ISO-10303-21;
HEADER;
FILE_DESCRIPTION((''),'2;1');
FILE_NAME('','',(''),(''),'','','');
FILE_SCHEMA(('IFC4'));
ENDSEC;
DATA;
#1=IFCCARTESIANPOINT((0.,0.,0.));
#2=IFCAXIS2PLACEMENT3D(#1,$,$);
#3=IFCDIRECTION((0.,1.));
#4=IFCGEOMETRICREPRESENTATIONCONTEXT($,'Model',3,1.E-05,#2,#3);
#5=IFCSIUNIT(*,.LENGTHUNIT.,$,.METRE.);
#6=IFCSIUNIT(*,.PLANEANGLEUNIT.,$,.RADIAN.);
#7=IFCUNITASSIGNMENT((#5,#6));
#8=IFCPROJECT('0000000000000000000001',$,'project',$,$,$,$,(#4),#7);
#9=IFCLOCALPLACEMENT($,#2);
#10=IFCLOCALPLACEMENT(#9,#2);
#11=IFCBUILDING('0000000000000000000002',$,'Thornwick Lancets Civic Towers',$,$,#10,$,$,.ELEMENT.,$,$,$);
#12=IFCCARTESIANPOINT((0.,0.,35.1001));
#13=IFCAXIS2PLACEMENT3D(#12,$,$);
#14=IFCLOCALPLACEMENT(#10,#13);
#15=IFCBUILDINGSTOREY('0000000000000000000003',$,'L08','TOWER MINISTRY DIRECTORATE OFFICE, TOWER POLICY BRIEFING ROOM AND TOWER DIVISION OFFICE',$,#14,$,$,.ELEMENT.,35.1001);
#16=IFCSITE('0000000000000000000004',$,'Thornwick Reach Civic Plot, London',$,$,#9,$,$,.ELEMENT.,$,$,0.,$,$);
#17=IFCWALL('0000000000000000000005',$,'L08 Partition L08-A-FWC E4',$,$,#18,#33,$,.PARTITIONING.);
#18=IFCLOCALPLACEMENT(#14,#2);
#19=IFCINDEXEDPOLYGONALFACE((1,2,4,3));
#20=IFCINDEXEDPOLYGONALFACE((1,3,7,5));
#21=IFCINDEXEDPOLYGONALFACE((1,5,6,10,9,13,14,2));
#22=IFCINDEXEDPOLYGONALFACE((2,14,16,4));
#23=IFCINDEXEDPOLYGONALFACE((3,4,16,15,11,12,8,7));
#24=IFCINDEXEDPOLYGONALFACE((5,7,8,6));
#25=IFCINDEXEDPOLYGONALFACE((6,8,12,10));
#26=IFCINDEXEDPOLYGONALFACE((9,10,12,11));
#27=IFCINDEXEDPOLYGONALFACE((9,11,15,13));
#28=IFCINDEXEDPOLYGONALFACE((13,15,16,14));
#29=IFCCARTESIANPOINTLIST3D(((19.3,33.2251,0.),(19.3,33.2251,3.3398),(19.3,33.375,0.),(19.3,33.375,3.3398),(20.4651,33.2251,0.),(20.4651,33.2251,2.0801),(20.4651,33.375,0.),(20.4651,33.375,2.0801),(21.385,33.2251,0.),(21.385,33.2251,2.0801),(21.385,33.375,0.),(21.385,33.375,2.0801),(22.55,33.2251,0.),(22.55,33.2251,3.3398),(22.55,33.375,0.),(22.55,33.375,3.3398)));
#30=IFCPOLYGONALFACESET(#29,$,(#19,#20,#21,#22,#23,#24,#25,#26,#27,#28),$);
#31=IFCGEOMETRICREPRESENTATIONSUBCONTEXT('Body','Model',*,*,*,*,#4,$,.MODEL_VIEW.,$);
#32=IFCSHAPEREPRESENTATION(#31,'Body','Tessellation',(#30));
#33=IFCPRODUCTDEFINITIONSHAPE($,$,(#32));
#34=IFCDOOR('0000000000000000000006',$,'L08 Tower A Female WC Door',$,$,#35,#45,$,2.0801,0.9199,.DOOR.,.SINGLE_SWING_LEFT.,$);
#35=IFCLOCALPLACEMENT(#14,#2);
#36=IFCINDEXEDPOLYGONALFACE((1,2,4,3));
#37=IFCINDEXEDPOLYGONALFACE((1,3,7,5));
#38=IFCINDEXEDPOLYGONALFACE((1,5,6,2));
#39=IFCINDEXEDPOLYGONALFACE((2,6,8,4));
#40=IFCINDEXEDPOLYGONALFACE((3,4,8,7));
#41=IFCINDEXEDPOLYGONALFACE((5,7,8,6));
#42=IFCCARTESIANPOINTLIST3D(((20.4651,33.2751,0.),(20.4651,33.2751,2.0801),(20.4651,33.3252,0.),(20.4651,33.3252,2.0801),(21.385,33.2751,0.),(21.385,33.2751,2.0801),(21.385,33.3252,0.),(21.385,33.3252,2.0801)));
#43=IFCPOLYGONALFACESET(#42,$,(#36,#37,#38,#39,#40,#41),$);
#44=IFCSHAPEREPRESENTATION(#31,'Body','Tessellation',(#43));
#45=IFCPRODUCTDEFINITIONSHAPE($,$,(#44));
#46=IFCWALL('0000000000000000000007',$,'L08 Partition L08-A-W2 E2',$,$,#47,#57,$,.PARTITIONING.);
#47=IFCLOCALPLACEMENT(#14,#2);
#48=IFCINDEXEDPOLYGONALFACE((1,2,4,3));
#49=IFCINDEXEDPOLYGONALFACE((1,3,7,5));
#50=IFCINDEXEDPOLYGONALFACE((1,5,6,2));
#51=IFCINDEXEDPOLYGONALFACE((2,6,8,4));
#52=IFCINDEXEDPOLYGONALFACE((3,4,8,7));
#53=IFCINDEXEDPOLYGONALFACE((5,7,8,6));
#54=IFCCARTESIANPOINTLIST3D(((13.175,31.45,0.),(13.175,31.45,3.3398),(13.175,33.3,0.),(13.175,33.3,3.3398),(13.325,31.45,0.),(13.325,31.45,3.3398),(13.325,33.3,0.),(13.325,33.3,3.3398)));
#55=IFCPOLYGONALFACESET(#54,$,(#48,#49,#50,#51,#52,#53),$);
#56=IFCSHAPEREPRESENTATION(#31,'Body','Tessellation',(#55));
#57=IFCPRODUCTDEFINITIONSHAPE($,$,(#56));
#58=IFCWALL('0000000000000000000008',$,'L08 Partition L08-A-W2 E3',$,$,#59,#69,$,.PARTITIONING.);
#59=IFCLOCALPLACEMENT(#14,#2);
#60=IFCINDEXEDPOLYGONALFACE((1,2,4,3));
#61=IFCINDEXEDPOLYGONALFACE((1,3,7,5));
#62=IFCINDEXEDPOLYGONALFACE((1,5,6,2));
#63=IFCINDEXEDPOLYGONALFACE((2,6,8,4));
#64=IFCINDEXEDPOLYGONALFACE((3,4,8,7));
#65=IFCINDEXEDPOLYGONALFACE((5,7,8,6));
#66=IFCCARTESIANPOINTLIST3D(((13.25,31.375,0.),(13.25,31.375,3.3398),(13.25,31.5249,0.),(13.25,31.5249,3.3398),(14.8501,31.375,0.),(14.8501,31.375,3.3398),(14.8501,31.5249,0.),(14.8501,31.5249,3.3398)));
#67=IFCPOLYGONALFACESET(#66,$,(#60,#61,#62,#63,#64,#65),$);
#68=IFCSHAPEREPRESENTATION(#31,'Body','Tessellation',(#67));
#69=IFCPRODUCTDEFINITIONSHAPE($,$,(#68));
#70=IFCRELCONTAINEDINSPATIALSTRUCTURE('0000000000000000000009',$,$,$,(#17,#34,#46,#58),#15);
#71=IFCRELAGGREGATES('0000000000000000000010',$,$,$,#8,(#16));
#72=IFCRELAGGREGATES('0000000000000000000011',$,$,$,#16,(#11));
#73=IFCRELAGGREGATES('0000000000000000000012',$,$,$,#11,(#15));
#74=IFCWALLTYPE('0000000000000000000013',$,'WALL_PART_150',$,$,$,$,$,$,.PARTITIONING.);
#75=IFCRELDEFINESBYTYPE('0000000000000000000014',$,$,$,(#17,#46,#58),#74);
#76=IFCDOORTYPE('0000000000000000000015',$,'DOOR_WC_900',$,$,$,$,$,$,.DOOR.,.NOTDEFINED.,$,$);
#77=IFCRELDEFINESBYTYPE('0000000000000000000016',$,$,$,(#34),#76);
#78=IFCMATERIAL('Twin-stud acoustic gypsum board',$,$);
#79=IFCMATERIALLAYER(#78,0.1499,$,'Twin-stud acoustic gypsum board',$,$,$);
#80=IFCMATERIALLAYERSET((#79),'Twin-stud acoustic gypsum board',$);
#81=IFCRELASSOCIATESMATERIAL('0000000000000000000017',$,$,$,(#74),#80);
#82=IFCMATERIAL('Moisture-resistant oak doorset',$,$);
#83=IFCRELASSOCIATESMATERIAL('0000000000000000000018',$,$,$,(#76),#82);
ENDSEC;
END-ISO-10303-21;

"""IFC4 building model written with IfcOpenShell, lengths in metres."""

from ifc_helpers import new_model, si_unit, direction, frame, frame_2d, origin, place, context, subcontext, project, spatial, rectangle, extrude, material, layer, layer_set, type_object, element, fill, save


model = new_model("IFC4")

# Units and contexts
model_context = context("Model", 3, precision=1e-05, world=origin(), true_north=direction((0.0, 1.0)))
body_context = subcontext(model_context, "Body", "Model", "MODEL_VIEW")
ifc_project = project(units=[si_unit("LENGTHUNIT", "METRE"), si_unit("PLANEANGLEUNIT", "RADIAN")], contexts=[model_context])

# Site, building, storey
site_placement = place(None, origin())
site = spatial("IfcSite", under=ifc_project, at=site_placement, Name="Thornwick Reach Civic Plot, London", CompositionType="ELEMENT", RefElevation=0.0)
building_placement = place(site_placement, origin())
building = spatial("IfcBuilding", under=site, at=building_placement, Name="Thornwick Lancets Civic Towers", CompositionType="ELEMENT")
storey_placement = place(building_placement, frame((0.0, 0.0, 35.1001)))
storey = spatial("IfcBuildingStorey", under=building, at=storey_placement, Name="L08", Description="TOWER MINISTRY DIRECTORATE OFFICE, TOWER POLICY BRIEFING ROOM AND TOWER DIVISION OFFICE", CompositionType="ELEMENT", Elevation=35.1001)

# Shared definitions
ifc_material_1 = material(Name="Twin-stud acoustic gypsum board")
ifc_layer_1 = layer(ifc_material_1, 0.1499, Name="Twin-stud acoustic gypsum board")
ifc_layer_set_1 = layer_set([ifc_layer_1], Name="Twin-stud acoustic gypsum board")
wall_type_1 = type_object("IfcWallType", Name="WALL_PART_150", PredefinedType="PARTITIONING", material=ifc_layer_set_1)

# Wall, opening, door
wall_1_placement = place(storey_placement, frame((22.55, 33.3, 0.0), z_axis=(0.0, 0.0, 1.0), x_axis=(-1.0, 0.0, 0.0)))
wall_1 = element("IfcWall", 1, at=wall_1_placement, inside=storey, type_object=wall_type_1, Name="L08 Partition L08-A-FWC E4", PredefinedType="PARTITIONING", context=body_context, shape_type="SweptSolid", body=[
    extrude(rectangle(XDim=3.25, YDim=0.1499, at=frame_2d((1.625, 0.0))), origin(), (0.0, 0.0, 1.0), 3.3398),
])
opening_1_placement = place(wall_1_placement, frame((1.165, 0.0, 0.0)))
opening_1 = element("IfcOpeningElement", 2, at=opening_1_placement, cuts=wall_1, PredefinedType="OPENING", context=body_context, shape_type="SweptSolid", body=[
    extrude(rectangle(XDim=0.9199, YDim=2.0801, at=frame_2d((0.46, 1.04))), frame((0.0, 0.085, 0.0), z_axis=(0.0, -1.0, 0.0), x_axis=(1.0, 0.0, 0.0)), (0.0, 0.0, 1.0), 0.1699),
])
ifc_material_2 = material(Name="Moisture-resistant oak doorset")
door_type_1 = type_object("IfcDoorType", Name="DOOR_WC_900", OperationType="NOTDEFINED", PredefinedType="DOOR", material=ifc_material_2)
door_1_placement = place(opening_1_placement, origin())
door_1 = element("IfcDoor", 3, at=door_1_placement, inside=storey, type_object=door_type_1, Name="L08 Tower A Female WC Door", OperationType="SINGLE_SWING_LEFT", OverallHeight=2.0801, OverallWidth=0.9199, PredefinedType="DOOR", context=body_context, shape_type="SweptSolid", body=[
    extrude(rectangle(XDim=0.9199, YDim=2.0801, at=frame_2d((0.46, 1.04))), frame((0.0, 0.0249, 0.0), z_axis=(0.0, -1.0, 0.0), x_axis=(1.0, 0.0, 0.0)), (0.0, 0.0, 1.0), 0.05),
])
fill(opening_1, door_1)

# Walls
wall_2_placement = place(storey_placement, frame((13.25, 33.3, 0.0), z_axis=(0.0, 0.0, 1.0), x_axis=(0.0, -1.0, 0.0)))
element("IfcWall", 4, at=wall_2_placement, inside=storey, type_object=wall_type_1, Name="L08 Partition L08-A-W2 E2", PredefinedType="PARTITIONING", context=body_context, shape_type="SweptSolid", body=[
    extrude(rectangle(XDim=1.8501, YDim=0.1499, at=frame_2d((0.925, 0.0))), origin(), (0.0, 0.0, 1.0), 3.3398),
])
wall_3_placement = place(storey_placement, frame((13.25, 31.45, 0.0), z_axis=(0.0, 0.0, 1.0), x_axis=(1.0, 0.0, 0.0)))
element("IfcWall", 5, at=wall_3_placement, inside=storey, type_object=wall_type_1, Name="L08 Partition L08-A-W2 E3", PredefinedType="PARTITIONING", context=body_context, shape_type="SweptSolid", body=[
    extrude(rectangle(XDim=1.6001, YDim=0.1499, at=frame_2d((0.8, 0.0))), origin(), (0.0, 0.0, 1.0), 3.3398),
])

save(model, "model.ifc")
